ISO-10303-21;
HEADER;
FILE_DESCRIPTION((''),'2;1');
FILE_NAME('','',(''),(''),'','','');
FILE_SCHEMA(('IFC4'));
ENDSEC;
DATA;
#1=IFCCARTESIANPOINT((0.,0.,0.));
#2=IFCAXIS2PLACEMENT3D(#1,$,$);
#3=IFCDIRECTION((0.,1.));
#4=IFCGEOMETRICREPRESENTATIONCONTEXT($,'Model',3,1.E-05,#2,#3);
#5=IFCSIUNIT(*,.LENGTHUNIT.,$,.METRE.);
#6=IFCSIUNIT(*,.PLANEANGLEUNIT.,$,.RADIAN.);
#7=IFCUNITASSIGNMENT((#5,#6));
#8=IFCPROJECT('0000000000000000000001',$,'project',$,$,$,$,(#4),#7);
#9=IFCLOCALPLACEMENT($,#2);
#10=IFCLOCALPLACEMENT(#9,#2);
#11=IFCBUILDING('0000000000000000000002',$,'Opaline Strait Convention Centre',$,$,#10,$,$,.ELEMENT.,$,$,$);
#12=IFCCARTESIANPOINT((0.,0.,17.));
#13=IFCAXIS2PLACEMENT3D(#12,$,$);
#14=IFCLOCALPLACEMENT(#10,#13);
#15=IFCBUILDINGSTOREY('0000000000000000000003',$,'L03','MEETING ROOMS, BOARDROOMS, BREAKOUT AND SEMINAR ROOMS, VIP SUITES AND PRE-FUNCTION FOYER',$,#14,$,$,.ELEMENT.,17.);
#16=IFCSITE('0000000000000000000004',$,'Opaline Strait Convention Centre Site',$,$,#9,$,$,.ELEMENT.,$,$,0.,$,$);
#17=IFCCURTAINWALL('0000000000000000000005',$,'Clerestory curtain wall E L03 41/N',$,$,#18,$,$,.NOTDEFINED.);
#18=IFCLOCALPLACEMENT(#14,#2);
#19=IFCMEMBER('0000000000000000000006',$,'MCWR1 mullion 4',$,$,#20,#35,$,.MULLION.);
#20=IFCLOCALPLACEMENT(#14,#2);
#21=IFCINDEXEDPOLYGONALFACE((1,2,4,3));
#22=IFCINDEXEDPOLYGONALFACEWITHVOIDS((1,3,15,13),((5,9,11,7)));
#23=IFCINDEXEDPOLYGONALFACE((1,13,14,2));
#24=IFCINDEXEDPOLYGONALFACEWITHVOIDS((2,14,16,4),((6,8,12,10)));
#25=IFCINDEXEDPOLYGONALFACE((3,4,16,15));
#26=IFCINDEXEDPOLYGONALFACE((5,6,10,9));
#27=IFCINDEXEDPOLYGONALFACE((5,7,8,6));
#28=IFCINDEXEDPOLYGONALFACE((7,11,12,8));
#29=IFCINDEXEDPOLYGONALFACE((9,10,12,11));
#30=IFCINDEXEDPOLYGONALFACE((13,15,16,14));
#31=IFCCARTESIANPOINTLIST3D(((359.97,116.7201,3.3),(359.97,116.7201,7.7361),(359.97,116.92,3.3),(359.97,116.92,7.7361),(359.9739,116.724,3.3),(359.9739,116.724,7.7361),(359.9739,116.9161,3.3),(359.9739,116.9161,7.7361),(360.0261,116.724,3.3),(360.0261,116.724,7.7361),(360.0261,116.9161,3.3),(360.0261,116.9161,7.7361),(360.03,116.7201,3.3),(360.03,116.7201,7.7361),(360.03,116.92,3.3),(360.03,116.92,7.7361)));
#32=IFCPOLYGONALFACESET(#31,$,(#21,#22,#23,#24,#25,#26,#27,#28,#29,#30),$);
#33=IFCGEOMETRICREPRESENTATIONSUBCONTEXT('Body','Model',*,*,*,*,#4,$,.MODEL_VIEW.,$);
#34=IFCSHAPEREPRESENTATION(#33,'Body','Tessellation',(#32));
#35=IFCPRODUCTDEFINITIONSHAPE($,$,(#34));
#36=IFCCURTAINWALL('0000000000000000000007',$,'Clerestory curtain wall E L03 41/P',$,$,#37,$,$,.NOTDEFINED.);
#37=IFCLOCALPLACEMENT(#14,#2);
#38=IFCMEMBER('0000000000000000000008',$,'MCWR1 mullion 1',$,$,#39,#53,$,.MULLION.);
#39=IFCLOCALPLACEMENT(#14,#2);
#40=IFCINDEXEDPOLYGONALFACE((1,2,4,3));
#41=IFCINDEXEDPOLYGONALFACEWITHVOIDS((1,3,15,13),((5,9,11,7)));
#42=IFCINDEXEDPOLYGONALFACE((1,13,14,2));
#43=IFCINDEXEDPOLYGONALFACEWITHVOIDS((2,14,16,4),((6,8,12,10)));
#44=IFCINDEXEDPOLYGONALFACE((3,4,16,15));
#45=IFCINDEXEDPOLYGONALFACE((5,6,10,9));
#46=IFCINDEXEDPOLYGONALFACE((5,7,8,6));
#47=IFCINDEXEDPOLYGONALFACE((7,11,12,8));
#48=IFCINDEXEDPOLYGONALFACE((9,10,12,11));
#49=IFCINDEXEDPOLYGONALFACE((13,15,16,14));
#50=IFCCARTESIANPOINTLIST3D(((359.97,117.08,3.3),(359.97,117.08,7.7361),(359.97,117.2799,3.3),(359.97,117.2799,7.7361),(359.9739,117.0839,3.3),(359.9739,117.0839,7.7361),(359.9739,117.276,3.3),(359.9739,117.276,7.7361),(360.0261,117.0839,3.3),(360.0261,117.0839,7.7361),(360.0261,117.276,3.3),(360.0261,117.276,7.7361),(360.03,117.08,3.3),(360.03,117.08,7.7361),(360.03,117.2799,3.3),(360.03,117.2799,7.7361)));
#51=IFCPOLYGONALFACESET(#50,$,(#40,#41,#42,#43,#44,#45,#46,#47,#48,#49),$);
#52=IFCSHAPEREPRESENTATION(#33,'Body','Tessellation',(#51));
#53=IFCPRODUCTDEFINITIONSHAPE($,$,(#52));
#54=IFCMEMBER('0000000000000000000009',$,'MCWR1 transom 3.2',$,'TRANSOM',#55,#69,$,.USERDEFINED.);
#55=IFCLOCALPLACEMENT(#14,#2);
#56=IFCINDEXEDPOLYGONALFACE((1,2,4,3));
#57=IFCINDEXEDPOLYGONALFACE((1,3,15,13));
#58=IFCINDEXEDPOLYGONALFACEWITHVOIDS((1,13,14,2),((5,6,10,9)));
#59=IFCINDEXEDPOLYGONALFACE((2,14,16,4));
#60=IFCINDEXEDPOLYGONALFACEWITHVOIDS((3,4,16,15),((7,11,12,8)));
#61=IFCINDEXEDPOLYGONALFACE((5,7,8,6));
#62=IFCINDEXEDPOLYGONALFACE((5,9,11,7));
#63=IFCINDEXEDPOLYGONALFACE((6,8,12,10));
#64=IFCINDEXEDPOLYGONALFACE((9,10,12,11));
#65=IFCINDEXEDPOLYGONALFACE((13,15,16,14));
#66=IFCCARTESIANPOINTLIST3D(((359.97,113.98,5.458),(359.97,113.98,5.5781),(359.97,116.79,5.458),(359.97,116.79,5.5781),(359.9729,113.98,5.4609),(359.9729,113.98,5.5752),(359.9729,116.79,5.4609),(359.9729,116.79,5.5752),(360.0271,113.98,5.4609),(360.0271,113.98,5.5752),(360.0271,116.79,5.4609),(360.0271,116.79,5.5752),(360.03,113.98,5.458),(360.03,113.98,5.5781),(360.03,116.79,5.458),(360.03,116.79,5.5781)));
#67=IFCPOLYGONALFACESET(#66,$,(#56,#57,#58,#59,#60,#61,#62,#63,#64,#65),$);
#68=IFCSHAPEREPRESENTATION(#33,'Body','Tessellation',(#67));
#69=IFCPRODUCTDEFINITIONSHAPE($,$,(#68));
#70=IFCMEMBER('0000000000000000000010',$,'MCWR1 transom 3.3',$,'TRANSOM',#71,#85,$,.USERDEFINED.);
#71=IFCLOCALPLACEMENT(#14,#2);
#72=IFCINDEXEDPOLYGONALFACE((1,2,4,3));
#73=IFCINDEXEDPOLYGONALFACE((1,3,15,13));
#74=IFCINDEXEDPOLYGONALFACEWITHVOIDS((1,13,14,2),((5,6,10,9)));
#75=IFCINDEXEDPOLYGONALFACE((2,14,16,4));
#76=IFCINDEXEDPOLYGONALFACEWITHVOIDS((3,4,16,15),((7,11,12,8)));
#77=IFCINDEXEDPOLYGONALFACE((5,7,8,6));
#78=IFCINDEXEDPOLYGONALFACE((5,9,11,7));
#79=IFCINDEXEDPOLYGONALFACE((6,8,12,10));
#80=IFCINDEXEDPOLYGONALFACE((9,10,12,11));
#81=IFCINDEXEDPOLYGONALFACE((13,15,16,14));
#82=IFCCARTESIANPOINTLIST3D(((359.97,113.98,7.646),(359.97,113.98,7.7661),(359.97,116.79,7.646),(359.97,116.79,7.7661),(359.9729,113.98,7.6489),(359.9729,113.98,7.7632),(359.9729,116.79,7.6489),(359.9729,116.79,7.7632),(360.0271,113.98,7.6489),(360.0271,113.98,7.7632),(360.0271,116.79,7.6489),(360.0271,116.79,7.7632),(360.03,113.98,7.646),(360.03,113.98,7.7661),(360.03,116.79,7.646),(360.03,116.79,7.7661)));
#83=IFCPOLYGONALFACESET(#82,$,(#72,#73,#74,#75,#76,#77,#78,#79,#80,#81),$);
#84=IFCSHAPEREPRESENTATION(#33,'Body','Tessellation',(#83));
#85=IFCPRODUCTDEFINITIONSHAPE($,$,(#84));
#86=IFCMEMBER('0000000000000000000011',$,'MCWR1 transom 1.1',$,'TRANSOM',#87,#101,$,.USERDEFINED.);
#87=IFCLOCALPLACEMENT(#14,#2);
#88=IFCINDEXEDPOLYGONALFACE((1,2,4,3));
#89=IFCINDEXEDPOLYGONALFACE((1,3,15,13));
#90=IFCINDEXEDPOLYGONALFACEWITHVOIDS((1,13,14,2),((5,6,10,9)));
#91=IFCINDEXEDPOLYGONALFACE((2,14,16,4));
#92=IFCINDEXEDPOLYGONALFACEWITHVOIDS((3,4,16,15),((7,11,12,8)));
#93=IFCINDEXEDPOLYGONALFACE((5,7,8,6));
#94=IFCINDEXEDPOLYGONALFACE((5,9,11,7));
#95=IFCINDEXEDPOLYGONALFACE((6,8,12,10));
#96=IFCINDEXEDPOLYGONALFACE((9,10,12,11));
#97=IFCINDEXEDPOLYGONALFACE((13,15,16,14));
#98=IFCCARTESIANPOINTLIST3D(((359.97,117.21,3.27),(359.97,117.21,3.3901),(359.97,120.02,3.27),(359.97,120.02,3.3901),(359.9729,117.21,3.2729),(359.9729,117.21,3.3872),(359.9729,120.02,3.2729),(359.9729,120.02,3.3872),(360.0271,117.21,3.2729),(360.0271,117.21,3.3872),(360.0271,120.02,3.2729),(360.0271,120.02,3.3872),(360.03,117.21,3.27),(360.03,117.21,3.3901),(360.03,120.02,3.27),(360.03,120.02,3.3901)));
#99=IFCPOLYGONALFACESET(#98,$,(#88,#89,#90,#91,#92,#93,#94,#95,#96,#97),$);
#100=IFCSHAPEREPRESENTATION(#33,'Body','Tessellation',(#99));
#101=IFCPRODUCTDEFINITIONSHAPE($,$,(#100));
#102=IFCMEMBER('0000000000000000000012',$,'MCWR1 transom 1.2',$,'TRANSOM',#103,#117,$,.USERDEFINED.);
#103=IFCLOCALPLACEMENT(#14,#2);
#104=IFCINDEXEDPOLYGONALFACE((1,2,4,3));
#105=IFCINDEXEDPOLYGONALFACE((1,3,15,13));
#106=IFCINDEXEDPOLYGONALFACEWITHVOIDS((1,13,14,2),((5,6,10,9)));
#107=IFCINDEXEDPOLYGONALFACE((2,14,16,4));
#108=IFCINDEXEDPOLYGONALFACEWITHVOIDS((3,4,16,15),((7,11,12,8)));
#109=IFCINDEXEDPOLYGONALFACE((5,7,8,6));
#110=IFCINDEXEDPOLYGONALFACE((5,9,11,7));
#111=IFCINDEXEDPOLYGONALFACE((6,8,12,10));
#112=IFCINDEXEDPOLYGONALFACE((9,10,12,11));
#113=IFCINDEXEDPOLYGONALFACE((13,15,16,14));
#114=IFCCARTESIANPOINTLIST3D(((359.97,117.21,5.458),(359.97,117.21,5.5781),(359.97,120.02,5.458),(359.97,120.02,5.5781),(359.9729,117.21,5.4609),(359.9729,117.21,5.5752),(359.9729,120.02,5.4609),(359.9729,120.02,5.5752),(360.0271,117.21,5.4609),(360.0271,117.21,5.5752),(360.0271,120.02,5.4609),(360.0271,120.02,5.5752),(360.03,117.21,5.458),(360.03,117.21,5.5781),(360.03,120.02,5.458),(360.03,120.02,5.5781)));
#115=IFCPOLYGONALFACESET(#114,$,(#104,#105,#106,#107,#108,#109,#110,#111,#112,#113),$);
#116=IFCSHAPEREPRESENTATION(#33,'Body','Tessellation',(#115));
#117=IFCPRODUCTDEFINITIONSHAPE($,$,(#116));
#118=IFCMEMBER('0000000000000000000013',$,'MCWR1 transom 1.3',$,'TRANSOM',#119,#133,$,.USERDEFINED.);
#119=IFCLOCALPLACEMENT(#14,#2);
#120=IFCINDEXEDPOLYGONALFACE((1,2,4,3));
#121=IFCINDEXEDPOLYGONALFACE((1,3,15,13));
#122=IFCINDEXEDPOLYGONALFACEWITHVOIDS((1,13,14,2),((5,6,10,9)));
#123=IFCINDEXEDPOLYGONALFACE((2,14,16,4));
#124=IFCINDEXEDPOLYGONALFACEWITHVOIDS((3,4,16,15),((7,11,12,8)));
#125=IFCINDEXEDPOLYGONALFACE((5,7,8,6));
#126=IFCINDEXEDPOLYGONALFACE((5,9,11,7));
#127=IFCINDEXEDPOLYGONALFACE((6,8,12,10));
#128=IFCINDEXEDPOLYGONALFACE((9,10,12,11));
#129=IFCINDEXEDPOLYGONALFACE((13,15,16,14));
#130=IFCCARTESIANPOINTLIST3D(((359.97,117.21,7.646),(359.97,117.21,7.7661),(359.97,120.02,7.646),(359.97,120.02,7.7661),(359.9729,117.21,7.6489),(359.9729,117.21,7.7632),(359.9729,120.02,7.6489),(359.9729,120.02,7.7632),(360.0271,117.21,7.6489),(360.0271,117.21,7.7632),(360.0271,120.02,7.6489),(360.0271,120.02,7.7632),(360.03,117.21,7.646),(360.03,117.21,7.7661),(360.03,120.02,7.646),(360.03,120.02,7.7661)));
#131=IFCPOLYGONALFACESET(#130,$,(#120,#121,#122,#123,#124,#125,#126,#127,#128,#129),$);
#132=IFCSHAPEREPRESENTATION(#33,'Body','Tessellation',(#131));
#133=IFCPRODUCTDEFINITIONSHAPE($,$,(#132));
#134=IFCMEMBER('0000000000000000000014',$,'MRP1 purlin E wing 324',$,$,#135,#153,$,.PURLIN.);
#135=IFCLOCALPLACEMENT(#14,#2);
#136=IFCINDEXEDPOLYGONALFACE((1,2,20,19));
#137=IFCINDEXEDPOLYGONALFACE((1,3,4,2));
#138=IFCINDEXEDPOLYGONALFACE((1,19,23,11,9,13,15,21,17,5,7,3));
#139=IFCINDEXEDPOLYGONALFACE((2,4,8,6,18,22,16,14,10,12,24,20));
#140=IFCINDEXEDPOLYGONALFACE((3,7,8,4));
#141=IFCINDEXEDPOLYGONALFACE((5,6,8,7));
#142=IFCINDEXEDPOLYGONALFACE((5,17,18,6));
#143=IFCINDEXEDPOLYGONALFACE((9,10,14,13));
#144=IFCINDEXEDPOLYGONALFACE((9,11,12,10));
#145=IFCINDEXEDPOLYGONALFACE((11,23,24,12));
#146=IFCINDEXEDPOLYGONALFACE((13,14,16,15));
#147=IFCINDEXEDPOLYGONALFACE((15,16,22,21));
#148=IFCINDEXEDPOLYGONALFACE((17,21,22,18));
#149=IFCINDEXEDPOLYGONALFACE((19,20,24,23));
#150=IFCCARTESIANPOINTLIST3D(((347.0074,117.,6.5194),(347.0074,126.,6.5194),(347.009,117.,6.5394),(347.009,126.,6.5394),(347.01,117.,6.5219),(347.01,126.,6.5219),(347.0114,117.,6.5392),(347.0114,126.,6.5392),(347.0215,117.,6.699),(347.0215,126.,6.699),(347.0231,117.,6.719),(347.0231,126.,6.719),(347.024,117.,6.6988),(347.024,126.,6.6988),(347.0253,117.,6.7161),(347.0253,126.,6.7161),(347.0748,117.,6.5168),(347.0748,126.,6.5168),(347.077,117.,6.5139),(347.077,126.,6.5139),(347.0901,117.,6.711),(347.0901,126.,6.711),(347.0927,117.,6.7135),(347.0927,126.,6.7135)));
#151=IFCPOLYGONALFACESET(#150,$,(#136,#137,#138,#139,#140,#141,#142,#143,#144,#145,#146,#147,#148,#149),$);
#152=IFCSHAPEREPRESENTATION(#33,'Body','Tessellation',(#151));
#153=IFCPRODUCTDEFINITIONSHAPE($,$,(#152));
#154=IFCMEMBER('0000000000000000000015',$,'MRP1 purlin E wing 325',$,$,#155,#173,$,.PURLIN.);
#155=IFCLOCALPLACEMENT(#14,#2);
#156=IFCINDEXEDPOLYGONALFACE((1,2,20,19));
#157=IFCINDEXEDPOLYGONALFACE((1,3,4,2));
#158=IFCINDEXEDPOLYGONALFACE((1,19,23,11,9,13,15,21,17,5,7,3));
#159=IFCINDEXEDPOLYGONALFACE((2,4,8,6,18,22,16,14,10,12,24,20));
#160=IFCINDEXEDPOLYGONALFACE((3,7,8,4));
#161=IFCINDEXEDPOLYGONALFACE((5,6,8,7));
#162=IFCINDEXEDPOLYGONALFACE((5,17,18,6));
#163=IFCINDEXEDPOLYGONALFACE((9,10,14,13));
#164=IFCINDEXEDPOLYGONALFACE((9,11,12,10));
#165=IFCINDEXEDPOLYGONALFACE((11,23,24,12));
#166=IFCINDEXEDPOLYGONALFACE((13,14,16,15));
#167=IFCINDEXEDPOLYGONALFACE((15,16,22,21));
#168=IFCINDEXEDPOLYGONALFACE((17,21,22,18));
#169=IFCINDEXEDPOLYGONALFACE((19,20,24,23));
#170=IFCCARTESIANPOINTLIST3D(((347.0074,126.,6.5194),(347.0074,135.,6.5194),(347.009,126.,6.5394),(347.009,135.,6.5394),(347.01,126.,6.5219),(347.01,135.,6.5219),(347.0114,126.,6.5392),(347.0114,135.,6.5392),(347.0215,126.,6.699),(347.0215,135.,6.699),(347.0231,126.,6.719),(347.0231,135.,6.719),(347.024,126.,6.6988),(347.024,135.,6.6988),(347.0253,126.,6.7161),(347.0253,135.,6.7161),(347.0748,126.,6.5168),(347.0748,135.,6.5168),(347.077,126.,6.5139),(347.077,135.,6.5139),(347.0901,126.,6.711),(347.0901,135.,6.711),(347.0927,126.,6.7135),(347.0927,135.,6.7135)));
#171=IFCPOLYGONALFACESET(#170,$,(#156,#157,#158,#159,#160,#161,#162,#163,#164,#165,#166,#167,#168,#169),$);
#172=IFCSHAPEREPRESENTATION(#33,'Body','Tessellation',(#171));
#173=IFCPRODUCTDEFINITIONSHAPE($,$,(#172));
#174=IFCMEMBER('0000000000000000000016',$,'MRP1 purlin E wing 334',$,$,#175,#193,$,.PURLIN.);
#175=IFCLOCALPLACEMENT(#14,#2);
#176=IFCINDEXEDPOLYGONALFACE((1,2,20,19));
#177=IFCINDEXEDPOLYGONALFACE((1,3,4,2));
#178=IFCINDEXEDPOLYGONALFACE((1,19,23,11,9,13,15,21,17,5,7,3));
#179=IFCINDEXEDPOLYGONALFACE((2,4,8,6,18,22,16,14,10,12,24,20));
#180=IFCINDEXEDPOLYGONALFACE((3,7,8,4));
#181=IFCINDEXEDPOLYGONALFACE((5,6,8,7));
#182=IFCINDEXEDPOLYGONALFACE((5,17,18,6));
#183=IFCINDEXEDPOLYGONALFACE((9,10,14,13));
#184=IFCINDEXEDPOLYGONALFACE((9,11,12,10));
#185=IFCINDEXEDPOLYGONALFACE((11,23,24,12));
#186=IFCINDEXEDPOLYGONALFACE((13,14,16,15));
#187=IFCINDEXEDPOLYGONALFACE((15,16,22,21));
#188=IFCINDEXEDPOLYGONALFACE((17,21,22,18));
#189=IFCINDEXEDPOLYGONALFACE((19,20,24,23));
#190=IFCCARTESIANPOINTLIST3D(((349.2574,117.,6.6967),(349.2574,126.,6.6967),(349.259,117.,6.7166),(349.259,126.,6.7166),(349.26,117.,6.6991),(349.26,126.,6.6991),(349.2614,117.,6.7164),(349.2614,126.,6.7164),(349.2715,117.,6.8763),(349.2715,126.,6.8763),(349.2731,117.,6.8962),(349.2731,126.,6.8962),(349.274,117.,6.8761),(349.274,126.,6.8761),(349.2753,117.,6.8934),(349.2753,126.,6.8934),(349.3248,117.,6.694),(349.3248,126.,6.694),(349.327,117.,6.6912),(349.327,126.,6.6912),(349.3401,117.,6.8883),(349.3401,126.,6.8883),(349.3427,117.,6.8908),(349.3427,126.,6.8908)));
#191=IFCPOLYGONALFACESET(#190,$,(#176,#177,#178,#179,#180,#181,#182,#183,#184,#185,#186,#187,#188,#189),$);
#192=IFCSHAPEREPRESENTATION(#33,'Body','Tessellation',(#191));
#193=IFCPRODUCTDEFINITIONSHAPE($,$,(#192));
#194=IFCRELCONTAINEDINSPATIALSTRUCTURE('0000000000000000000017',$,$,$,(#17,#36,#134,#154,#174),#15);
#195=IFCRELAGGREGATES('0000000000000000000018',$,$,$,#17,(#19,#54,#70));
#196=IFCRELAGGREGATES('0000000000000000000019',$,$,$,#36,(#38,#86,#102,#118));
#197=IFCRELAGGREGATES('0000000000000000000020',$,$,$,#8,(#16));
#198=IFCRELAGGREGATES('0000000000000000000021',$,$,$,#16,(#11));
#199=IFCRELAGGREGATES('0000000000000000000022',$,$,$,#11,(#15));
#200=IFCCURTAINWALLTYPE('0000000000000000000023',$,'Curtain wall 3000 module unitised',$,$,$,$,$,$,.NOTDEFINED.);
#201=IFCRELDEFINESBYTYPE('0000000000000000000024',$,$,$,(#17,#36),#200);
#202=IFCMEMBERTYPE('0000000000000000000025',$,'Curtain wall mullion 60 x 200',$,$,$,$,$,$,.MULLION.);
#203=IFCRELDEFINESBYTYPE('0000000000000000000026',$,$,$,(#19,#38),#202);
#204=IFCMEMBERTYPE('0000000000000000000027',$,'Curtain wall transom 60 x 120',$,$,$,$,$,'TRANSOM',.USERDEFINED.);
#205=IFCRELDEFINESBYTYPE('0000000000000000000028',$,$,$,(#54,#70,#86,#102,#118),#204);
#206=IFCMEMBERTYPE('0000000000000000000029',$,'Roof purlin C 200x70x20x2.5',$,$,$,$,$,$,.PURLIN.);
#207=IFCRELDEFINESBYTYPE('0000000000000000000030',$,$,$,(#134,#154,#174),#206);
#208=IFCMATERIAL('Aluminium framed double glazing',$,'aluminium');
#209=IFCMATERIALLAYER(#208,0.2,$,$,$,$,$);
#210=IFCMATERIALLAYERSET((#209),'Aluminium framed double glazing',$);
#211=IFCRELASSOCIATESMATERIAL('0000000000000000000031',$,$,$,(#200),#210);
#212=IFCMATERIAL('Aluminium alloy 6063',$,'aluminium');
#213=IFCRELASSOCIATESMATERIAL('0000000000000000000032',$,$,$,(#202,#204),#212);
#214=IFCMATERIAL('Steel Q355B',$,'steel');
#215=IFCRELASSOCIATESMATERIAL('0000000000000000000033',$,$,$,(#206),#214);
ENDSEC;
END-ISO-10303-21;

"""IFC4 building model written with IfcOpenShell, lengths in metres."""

from ifc_helpers import new_model, si_unit, direction, frame, origin, origin_2d, place, context, subcontext, project, spatial, polyline, hollow_rectangle, outline, extrude, material, layer, layer_set, material_profile, profile_set, type_object, element, aggregate, save


model = new_model("IFC4")

# Units and contexts
model_context = context("Model", 3, precision=1e-05, world=origin(), true_north=direction((0.0, 1.0)))
body_context = subcontext(model_context, "Body", "Model", "MODEL_VIEW")
ifc_project = project(units=[si_unit("LENGTHUNIT", "METRE"), si_unit("PLANEANGLEUNIT", "RADIAN")], contexts=[model_context])

# Site, building, storey
site_placement = place(None, origin())
site = spatial("IfcSite", under=ifc_project, at=site_placement, Name="Opaline Strait Convention Centre Site", CompositionType="ELEMENT", RefElevation=0.0)
building_placement = place(site_placement, origin())
building = spatial("IfcBuilding", under=site, at=building_placement, Name="Opaline Strait Convention Centre", CompositionType="ELEMENT")
storey_placement = place(building_placement, frame((0.0, 0.0, 17.0)))
storey = spatial("IfcBuildingStorey", under=building, at=storey_placement, Name="L03", Description="MEETING ROOMS, BOARDROOMS, BREAKOUT AND SEMINAR ROOMS, VIP SUITES AND PRE-FUNCTION FOYER", CompositionType="ELEMENT", Elevation=17.0)

# Shared definitions
ifc_material_1 = material(Name="Steel Q355B", Category="steel")

# Curtain walls, members
ifc_material_2 = material(Name="Aluminium framed double glazing", Category="aluminium")
ifc_layer_1 = layer(ifc_material_2, 0.2)
ifc_layer_set_1 = layer_set([ifc_layer_1], Name="Aluminium framed double glazing")
curtain_wall_type = type_object("IfcCurtainWallType", Name="Curtain wall 3000 module unitised", PredefinedType="NOTDEFINED", material=ifc_layer_set_1)
curtain_wall_1_placement = place(storey_placement, origin())
curtain_wall_1 = element("IfcCurtainWall", 1, at=curtain_wall_1_placement, inside=storey, type_object=curtain_wall_type, Name="Clerestory curtain wall E L03 41/N", PredefinedType="NOTDEFINED")
ifc_material_3 = material(Name="Aluminium alloy 6063", Category="aluminium")
ifc_material_profile_1 = material_profile(ifc_material_3, hollow_rectangle(XDim=0.0601, YDim=0.2, WallThickness=0.0039, at=origin_2d()), Name="MULLION 60x200x4")
ifc_profile_set_1 = profile_set([ifc_material_profile_1], Name="Aluminium alloy 6063")
member_type_1 = type_object("IfcMemberType", Name="Curtain wall mullion 60 x 200", PredefinedType="MULLION", material=ifc_profile_set_1)
member_1_placement = place(storey_placement, frame((360.0, 116.8201, 3.3), z_axis=(0.0, 0.0, 1.0), x_axis=(-1.0, 0.0, 0.0)))
member_1 = element("IfcMember", 2, at=member_1_placement, type_object=member_type_1, Name="MCWR1 mullion 4", PredefinedType="MULLION", context=body_context, shape_type="SweptSolid", body=[
    extrude(hollow_rectangle(XDim=0.0601, YDim=0.2, WallThickness=0.0039, at=origin_2d()), origin(), (0.0, 0.0, 1.0), 4.436),
])
curtain_wall_2_placement = place(storey_placement, origin())
curtain_wall_2 = element("IfcCurtainWall", 3, at=curtain_wall_2_placement, inside=storey, type_object=curtain_wall_type, Name="Clerestory curtain wall E L03 41/P", PredefinedType="NOTDEFINED")
member_2_placement = place(storey_placement, frame((360.0, 117.1799, 3.3), z_axis=(0.0, 0.0, 1.0), x_axis=(-1.0, 0.0, 0.0)))
member_2 = element("IfcMember", 4, at=member_2_placement, type_object=member_type_1, Name="MCWR1 mullion 1", PredefinedType="MULLION", context=body_context, shape_type="SweptSolid", body=[
    extrude(hollow_rectangle(XDim=0.0601, YDim=0.2, WallThickness=0.0039, at=origin_2d()), origin(), (0.0, 0.0, 1.0), 4.436),
])

# Members
ifc_material_profile_2 = material_profile(ifc_material_3, hollow_rectangle(XDim=0.0601, YDim=0.1201, WallThickness=0.0029, at=origin_2d()), Name="TRANSOM 60x120x3")
ifc_profile_set_2 = profile_set([ifc_material_profile_2], Name="Aluminium alloy 6063")
member_type_2 = type_object("IfcMemberType", Name="Curtain wall transom 60 x 120", ElementType="TRANSOM", PredefinedType="USERDEFINED", material=ifc_profile_set_2)
member_3_placement = place(storey_placement, frame((360.0, 113.98, 5.5181), z_axis=(0.0, 1.0, 0.0), x_axis=(-1.0, 0.0, 0.0)))
member_3 = element("IfcMember", 5, at=member_3_placement, type_object=member_type_2, Name="MCWR1 transom 3.2", ObjectType="TRANSOM", PredefinedType="USERDEFINED", context=body_context, shape_type="SweptSolid", body=[
    extrude(hollow_rectangle(XDim=0.0601, YDim=0.1201, WallThickness=0.0029, at=origin_2d()), origin(), (0.0, 0.0, 1.0), 2.8101),
])
member_4_placement = place(storey_placement, frame((360.0, 113.98, 7.7061), z_axis=(0.0, 1.0, 0.0), x_axis=(-1.0, 0.0, 0.0)))
member_4 = element("IfcMember", 6, at=member_4_placement, type_object=member_type_2, Name="MCWR1 transom 3.3", ObjectType="TRANSOM", PredefinedType="USERDEFINED", context=body_context, shape_type="SweptSolid", body=[
    extrude(hollow_rectangle(XDim=0.0601, YDim=0.1201, WallThickness=0.0029, at=origin_2d()), origin(), (0.0, 0.0, 1.0), 2.8101),
])
member_5_placement = place(storey_placement, frame((360.0, 117.21, 3.3301), z_axis=(0.0, 1.0, 0.0), x_axis=(-1.0, 0.0, 0.0)))
member_5 = element("IfcMember", 7, at=member_5_placement, type_object=member_type_2, Name="MCWR1 transom 1.1", ObjectType="TRANSOM", PredefinedType="USERDEFINED", context=body_context, shape_type="SweptSolid", body=[
    extrude(hollow_rectangle(XDim=0.0601, YDim=0.1201, WallThickness=0.0029, at=origin_2d()), origin(), (0.0, 0.0, 1.0), 2.8101),
])
member_6_placement = place(storey_placement, frame((360.0, 117.21, 5.5181), z_axis=(0.0, 1.0, 0.0), x_axis=(-1.0, 0.0, 0.0)))
member_6 = element("IfcMember", 8, at=member_6_placement, type_object=member_type_2, Name="MCWR1 transom 1.2", ObjectType="TRANSOM", PredefinedType="USERDEFINED", context=body_context, shape_type="SweptSolid", body=[
    extrude(hollow_rectangle(XDim=0.0601, YDim=0.1201, WallThickness=0.0029, at=origin_2d()), origin(), (0.0, 0.0, 1.0), 2.8101),
])
member_7_placement = place(storey_placement, frame((360.0, 117.21, 7.7061), z_axis=(0.0, 1.0, 0.0), x_axis=(-1.0, 0.0, 0.0)))
member_7 = element("IfcMember", 9, at=member_7_placement, type_object=member_type_2, Name="MCWR1 transom 1.3", ObjectType="TRANSOM", PredefinedType="USERDEFINED", context=body_context, shape_type="SweptSolid", body=[
    extrude(hollow_rectangle(XDim=0.0601, YDim=0.1201, WallThickness=0.0029, at=origin_2d()), origin(), (0.0, 0.0, 1.0), 2.8101),
])

# Members
ifc_material_profile_3 = material_profile(ifc_material_1, outline(polyline([(-0.0349, -0.1001), (0.0349, -0.1001), (0.0349, -0.0801), (0.0325, -0.0801), (0.0325, -0.0974), (-0.0325, -0.0974), (-0.0325, 0.0974), (0.0325, 0.0974), (0.0325, 0.0801), (0.0349, 0.0801), (0.0349, 0.1001), (-0.0349, 0.1001), (-0.0349, -0.1001)])), Name="C 200x70x20x2.5")
ifc_profile_set_3 = profile_set([ifc_material_profile_3], Name="Steel Q355B")
member_type_3 = type_object("IfcMemberType", Name="Roof purlin C 200x70x20x2.5", PredefinedType="PURLIN", material=ifc_profile_set_3)
for number, where, z_axis, x_axis, name in (
    (10, (347.05, 117.0, 6.6165), (0.0, 1.0, 0.0), (-0.996917, 0.0, 0.078459), "MRP1 purlin E wing 324"),
    (11, (347.05, 126.0, 6.6165), (0.0, 1.0, 0.0), (-0.996917, 0.0, 0.078459), "MRP1 purlin E wing 325"),
    (12, (349.3, 117.0, 6.7937), (0.0, 1.0, 0.0), (-0.996917, 0.0, 0.078459), "MRP1 purlin E wing 334"),
):
    element("IfcMember", number, at=place(storey_placement, frame(where, z_axis=z_axis, x_axis=x_axis)), inside=storey, type_object=member_type_3, Name=name, PredefinedType="PURLIN", context=body_context, shape_type="SweptSolid", body=[
        extrude(outline(polyline([(-0.0349, -0.1001), (0.0349, -0.1001), (0.0349, -0.0801), (0.0325, -0.0801), (0.0325, -0.0974), (-0.0325, -0.0974), (-0.0325, 0.0974), (0.0325, 0.0974), (0.0325, 0.0801), (0.0349, 0.0801), (0.0349, 0.1001), (-0.0349, 0.1001), (-0.0349, -0.1001)])), origin(), (0.0, 0.0, 1.0), 9.0),
    ])

aggregate(curtain_wall_1, [member_1, member_3, member_4])
aggregate(curtain_wall_2, [member_2, member_5, member_6, member_7])

save(model, "model.ifc")
